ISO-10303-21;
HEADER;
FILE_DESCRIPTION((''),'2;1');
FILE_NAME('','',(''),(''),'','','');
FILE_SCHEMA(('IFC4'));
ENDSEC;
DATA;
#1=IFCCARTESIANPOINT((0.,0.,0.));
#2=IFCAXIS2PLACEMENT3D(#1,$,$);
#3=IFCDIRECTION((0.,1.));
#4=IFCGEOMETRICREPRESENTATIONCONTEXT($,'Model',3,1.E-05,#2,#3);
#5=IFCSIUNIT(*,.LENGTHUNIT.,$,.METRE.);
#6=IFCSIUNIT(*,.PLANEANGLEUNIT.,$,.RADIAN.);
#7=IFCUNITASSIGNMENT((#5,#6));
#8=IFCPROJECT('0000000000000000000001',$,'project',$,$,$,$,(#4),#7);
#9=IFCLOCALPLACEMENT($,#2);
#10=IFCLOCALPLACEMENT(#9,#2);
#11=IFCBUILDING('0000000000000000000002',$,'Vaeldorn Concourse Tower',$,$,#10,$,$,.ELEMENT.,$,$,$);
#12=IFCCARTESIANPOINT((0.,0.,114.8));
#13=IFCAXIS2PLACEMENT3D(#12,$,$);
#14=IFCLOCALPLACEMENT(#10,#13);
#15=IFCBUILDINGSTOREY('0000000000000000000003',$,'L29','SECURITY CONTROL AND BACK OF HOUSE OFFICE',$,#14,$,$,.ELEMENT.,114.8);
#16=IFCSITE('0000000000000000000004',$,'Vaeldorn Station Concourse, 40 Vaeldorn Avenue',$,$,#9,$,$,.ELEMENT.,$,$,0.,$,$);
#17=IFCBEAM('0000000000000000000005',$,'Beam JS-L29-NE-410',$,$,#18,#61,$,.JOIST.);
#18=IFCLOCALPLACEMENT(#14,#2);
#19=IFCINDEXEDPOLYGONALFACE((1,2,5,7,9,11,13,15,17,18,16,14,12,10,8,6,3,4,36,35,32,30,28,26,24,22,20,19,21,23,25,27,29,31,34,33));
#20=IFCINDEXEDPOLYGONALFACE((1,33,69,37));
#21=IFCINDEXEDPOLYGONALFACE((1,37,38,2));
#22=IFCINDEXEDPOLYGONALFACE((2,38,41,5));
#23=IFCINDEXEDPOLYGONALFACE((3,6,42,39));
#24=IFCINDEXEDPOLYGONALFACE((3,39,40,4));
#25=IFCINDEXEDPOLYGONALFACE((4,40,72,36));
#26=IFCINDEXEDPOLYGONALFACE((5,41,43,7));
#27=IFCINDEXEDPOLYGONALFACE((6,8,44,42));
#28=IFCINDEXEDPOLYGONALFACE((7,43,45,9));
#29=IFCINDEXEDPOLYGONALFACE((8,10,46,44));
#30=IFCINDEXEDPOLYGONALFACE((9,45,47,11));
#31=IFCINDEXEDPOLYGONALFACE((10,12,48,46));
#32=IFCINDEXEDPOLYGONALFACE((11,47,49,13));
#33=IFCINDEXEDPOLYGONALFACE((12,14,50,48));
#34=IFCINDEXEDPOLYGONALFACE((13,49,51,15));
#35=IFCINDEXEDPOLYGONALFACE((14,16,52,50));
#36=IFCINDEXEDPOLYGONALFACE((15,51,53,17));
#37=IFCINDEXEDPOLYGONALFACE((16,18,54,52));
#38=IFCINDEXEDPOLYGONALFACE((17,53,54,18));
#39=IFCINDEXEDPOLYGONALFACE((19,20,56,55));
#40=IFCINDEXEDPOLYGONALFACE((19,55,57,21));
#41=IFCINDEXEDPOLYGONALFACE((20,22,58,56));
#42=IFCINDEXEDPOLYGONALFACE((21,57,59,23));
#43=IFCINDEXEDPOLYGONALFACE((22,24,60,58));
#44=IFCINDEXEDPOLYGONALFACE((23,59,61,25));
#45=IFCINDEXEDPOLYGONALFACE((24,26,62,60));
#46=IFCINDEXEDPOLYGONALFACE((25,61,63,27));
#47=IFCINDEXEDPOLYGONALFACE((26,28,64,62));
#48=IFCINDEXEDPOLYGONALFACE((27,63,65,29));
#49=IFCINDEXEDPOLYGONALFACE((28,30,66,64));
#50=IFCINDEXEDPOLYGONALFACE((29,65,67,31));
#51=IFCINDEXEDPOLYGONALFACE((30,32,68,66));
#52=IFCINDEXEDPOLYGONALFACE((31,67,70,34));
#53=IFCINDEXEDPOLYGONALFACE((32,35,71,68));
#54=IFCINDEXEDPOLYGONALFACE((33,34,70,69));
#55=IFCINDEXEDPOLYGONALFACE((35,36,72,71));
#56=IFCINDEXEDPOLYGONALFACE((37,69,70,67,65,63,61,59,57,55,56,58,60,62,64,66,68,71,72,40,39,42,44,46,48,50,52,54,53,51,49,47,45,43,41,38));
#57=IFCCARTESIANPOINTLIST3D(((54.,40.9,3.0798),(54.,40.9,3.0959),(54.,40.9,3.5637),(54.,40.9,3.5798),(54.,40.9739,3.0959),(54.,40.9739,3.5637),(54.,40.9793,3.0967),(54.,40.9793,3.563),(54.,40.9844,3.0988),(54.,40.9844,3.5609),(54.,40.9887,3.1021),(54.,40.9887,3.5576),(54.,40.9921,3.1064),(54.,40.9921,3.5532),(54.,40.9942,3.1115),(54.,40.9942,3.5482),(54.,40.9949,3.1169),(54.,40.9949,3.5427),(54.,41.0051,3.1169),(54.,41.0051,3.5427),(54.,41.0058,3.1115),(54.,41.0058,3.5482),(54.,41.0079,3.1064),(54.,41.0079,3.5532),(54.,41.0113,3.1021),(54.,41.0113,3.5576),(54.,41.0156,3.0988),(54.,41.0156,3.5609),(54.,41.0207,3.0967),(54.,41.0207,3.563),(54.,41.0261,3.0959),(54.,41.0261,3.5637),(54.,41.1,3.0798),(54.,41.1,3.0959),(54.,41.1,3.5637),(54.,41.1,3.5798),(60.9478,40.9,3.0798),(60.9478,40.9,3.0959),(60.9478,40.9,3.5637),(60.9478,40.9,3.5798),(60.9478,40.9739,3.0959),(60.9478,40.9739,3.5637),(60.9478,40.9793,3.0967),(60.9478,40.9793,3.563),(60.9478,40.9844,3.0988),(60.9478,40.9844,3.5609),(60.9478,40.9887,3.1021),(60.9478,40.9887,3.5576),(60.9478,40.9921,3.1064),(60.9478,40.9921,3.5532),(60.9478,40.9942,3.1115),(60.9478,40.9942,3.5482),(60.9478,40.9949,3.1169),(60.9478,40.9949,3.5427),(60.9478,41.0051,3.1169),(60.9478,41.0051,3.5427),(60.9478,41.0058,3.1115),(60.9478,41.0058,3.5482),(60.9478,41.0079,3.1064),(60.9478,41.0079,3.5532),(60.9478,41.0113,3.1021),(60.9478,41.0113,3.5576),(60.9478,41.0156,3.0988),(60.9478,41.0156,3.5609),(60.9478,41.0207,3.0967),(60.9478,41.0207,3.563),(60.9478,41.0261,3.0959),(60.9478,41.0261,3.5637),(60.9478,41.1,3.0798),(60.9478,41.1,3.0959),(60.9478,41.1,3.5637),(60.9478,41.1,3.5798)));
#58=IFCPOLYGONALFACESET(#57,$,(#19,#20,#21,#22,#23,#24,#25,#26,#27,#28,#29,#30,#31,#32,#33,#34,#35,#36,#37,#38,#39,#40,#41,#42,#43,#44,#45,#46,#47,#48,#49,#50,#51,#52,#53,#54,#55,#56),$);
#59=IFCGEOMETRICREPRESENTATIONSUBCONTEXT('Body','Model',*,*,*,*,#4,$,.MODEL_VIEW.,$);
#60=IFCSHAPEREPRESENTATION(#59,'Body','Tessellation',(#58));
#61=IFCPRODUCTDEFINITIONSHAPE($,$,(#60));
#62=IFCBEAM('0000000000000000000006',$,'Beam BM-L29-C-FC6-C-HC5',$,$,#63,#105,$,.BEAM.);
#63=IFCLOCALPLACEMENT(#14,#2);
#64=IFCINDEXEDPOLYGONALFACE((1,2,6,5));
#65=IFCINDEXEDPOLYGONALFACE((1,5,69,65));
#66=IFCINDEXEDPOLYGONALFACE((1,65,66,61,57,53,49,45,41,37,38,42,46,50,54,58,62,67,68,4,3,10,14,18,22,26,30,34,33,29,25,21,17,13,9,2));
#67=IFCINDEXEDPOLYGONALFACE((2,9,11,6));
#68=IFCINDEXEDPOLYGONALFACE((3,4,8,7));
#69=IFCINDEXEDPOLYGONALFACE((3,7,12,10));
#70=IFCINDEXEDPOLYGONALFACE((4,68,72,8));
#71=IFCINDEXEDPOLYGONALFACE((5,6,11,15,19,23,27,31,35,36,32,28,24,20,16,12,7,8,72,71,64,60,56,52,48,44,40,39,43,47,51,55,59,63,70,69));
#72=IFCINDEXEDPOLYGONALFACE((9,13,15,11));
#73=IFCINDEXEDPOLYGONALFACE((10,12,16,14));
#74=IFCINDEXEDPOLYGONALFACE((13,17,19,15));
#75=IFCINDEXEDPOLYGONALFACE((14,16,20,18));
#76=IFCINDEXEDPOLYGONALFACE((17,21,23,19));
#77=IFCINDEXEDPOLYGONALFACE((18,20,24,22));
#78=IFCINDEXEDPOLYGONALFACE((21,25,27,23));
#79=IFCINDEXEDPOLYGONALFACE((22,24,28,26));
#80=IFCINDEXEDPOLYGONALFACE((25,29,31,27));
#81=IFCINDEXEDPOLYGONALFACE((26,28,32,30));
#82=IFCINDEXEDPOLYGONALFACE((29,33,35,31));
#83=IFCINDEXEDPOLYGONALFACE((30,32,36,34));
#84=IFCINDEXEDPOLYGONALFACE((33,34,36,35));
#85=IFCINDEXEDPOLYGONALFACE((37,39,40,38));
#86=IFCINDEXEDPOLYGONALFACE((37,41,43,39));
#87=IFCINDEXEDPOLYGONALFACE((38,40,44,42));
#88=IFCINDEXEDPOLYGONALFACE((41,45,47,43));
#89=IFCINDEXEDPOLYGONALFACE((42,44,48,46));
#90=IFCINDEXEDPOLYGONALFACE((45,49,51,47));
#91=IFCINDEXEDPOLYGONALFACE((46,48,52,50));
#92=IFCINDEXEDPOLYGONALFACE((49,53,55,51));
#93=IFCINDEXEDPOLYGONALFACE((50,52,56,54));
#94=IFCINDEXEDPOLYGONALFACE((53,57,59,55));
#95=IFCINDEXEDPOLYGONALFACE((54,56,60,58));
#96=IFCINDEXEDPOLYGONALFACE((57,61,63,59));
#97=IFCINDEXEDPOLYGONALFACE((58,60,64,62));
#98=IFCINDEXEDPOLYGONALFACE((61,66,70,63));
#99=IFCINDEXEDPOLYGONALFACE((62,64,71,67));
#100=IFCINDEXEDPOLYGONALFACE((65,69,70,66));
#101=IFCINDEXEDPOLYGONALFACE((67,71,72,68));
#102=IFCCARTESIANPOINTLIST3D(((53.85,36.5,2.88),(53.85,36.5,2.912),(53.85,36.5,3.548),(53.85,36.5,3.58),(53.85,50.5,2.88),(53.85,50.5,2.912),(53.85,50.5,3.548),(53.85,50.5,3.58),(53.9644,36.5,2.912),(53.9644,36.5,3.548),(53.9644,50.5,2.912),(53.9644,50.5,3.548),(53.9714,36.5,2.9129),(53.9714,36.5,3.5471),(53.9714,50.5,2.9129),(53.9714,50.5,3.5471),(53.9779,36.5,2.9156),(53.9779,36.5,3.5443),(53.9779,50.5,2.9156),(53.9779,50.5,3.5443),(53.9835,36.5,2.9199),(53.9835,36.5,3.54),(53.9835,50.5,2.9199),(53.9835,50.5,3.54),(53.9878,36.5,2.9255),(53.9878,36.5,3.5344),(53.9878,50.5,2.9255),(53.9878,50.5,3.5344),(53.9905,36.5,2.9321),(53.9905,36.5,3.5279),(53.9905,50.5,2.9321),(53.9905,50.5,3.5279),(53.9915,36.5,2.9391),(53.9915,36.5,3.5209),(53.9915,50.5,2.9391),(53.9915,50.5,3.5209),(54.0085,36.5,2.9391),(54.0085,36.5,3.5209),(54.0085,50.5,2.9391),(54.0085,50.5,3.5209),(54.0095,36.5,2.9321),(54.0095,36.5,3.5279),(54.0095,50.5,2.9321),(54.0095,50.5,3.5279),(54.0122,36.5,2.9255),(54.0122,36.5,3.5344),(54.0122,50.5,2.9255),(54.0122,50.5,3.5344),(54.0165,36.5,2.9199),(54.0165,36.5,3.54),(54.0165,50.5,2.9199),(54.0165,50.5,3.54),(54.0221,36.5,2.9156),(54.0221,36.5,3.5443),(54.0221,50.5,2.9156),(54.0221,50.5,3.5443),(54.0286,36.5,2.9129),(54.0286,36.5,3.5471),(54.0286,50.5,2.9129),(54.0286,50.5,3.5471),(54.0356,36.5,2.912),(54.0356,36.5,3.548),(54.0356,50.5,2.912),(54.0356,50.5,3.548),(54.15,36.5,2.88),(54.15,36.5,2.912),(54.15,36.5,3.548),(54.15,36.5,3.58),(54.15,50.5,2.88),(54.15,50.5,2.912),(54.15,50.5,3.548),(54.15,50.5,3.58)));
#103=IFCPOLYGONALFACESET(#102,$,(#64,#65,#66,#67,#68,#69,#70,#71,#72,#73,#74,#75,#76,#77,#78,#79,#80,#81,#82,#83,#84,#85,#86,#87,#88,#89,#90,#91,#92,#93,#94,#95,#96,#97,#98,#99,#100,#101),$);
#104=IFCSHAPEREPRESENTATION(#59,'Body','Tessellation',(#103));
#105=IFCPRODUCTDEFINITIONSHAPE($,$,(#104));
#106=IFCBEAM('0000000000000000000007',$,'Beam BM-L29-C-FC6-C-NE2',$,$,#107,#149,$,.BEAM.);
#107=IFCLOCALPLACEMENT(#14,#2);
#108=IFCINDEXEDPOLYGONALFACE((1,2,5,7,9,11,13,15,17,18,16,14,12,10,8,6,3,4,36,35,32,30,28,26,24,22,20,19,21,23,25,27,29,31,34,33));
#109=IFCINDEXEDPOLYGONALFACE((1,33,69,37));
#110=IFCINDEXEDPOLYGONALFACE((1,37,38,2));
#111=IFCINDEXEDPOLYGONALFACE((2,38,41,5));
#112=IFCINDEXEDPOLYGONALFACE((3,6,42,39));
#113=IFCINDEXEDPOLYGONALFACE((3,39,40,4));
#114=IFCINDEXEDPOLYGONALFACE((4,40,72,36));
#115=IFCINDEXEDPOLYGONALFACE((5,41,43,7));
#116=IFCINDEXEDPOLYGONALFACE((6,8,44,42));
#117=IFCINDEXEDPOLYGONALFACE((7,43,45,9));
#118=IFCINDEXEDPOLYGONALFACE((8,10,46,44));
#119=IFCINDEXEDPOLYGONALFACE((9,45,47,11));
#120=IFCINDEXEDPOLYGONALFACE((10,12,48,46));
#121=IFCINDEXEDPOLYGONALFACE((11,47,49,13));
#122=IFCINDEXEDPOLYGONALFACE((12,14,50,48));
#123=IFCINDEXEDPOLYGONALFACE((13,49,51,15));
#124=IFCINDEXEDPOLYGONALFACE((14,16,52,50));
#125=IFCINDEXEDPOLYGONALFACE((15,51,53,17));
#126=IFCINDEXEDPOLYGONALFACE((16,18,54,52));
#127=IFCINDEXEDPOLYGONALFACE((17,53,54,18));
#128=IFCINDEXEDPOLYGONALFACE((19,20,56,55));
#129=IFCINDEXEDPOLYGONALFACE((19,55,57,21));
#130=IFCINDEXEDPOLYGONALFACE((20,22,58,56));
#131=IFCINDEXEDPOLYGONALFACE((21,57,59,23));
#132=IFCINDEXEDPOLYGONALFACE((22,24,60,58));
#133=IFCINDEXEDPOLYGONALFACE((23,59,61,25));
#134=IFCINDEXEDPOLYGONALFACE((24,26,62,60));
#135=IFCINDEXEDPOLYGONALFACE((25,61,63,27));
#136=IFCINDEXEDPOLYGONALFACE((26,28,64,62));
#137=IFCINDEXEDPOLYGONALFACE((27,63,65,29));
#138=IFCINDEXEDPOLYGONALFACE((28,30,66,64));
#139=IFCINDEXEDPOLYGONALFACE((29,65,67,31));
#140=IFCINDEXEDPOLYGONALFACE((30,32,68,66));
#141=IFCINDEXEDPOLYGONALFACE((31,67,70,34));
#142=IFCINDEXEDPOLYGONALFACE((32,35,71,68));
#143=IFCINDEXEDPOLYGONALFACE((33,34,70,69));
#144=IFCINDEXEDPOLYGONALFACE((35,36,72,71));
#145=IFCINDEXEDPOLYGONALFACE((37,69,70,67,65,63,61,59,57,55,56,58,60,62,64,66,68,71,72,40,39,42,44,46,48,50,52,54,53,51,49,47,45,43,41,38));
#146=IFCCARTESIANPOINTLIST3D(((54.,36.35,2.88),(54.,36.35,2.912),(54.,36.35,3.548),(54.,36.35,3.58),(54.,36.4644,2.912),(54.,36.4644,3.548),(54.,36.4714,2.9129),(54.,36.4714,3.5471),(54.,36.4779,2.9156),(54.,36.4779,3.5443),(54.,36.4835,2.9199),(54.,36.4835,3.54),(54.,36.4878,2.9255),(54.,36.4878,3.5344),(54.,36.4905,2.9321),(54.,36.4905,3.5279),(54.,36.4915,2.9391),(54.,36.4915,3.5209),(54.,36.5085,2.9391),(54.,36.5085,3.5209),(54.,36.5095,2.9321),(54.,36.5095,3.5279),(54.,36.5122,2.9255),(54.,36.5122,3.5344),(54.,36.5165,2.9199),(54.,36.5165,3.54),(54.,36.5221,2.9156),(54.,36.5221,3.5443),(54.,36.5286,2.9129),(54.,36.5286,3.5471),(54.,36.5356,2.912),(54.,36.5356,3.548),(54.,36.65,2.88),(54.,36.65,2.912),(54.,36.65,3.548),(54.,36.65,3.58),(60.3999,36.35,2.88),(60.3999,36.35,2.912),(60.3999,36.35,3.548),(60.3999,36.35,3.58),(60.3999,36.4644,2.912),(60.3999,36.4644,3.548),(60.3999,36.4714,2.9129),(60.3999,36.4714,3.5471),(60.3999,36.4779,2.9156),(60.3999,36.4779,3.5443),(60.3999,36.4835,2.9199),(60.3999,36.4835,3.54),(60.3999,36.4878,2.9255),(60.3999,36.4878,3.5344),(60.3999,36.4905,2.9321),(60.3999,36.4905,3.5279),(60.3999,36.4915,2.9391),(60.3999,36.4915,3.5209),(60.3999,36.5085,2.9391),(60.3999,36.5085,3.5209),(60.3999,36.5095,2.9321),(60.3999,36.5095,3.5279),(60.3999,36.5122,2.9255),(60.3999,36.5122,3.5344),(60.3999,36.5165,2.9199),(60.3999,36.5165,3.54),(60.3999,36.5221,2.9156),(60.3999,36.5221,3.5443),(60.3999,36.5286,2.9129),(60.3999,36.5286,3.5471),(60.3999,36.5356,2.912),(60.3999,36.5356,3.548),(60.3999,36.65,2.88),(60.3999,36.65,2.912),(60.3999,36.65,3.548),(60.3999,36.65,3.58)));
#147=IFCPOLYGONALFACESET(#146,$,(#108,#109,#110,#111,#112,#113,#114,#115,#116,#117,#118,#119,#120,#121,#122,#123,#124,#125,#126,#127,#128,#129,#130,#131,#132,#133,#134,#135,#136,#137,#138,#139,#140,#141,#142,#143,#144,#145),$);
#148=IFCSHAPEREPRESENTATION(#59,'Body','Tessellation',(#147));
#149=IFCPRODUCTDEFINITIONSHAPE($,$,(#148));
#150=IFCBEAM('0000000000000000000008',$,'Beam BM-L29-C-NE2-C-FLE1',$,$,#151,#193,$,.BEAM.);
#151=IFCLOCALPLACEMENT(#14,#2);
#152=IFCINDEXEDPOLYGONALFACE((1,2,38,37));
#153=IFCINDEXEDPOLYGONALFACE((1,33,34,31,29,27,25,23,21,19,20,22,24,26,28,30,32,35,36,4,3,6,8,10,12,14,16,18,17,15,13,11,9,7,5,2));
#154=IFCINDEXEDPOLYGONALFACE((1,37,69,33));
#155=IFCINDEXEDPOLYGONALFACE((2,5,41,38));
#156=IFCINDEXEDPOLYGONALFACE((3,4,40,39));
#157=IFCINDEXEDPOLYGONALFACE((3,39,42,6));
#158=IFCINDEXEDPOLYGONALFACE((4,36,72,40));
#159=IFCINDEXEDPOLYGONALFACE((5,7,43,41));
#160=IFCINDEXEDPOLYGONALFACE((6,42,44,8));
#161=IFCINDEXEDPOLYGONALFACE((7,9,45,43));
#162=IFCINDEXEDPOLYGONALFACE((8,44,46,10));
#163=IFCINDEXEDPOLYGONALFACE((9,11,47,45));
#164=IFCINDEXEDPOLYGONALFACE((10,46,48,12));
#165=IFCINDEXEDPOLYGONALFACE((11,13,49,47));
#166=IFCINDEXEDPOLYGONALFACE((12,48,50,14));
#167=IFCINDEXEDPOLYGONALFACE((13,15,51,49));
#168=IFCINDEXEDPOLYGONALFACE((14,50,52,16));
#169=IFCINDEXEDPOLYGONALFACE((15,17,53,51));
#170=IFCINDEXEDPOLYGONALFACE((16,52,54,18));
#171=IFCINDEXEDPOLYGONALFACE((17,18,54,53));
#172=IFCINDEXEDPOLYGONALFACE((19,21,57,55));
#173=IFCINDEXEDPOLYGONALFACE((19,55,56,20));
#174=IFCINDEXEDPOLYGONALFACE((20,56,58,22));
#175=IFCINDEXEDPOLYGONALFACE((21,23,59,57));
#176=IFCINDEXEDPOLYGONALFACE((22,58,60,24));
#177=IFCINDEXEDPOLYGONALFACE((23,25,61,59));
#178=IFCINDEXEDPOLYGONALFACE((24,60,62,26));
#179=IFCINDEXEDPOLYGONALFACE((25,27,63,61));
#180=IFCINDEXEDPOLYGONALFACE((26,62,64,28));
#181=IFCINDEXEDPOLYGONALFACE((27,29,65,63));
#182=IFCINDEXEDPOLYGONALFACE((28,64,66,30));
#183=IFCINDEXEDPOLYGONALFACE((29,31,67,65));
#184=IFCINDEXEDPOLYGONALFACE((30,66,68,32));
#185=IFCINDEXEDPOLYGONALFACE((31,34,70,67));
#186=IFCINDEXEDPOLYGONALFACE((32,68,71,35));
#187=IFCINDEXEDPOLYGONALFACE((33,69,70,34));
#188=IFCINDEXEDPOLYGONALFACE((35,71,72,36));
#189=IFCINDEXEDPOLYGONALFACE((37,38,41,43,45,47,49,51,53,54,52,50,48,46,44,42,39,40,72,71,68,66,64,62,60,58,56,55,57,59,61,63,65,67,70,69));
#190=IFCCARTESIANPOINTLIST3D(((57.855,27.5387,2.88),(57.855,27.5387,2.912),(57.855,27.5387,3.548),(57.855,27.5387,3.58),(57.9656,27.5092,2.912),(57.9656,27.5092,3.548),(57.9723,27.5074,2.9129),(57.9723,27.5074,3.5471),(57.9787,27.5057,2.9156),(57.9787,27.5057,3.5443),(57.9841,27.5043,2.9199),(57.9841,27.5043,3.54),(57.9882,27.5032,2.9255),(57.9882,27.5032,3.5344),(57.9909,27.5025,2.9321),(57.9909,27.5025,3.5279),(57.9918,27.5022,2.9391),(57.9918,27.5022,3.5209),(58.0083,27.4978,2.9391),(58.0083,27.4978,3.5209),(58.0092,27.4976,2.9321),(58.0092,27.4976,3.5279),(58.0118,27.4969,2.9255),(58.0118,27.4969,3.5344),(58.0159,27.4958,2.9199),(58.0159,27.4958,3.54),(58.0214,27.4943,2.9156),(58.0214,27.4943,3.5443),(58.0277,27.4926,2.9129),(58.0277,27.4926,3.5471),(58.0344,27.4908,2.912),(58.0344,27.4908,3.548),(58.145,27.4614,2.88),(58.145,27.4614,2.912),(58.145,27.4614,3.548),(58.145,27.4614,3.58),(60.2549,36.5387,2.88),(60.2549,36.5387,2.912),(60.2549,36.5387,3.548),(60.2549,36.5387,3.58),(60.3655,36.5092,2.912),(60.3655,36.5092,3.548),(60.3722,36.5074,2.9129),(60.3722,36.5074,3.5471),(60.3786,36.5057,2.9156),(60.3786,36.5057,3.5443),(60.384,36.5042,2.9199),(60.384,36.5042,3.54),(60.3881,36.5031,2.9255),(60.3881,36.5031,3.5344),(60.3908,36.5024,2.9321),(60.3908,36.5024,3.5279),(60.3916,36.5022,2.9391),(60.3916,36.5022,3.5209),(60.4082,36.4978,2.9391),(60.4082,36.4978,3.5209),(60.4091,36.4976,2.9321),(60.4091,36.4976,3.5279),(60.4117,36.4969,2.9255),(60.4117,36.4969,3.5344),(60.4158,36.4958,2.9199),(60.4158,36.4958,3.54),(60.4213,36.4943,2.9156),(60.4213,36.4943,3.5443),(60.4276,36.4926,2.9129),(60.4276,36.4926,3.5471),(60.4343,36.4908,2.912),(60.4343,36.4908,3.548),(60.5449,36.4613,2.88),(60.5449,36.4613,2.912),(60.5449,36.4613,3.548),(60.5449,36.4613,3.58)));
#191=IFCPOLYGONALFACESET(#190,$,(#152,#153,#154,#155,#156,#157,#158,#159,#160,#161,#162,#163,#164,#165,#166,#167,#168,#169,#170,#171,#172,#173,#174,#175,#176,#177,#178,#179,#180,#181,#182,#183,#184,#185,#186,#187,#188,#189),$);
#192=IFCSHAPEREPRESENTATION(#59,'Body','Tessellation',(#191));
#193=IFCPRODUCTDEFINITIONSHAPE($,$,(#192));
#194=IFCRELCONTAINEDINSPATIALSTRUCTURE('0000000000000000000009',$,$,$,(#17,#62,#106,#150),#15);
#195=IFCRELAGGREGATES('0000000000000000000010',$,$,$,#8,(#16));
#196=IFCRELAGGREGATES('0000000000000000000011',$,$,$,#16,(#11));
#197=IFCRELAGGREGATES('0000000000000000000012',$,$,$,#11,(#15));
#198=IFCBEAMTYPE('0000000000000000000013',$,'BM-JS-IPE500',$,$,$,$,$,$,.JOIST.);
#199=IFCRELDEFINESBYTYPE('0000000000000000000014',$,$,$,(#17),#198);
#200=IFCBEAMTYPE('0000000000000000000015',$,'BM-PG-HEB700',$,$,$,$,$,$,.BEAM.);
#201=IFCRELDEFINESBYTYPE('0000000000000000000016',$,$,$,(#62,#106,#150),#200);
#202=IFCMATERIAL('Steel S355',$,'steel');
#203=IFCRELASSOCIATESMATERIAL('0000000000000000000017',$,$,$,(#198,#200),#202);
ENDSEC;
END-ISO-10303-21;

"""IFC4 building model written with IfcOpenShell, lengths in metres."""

from ifc_helpers import new_model, si_unit, direction, frame, origin, origin_2d, place, context, subcontext, project, spatial, i_section, extrude, source, transform, mapped, material, material_profile, profile_set, type_object, element, save


model = new_model("IFC4")

# Units and contexts
model_context = context("Model", 3, precision=1e-05, world=origin(), true_north=direction((0.0, 1.0)))
body_context = subcontext(model_context, "Body", "Model", "MODEL_VIEW")
ifc_project = project(units=[si_unit("LENGTHUNIT", "METRE"), si_unit("PLANEANGLEUNIT", "RADIAN")], contexts=[model_context])

# Site, building, storey
site_placement = place(None, origin())
site = spatial("IfcSite", under=ifc_project, at=site_placement, Name="Vaeldorn Station Concourse, 40 Vaeldorn Avenue", CompositionType="ELEMENT", RefElevation=0.0)
building_placement = place(site_placement, origin())
building = spatial("IfcBuilding", under=site, at=building_placement, Name="Vaeldorn Concourse Tower", CompositionType="ELEMENT")
storey_placement = place(building_placement, frame((0.0, 0.0, 114.8)))
storey = spatial("IfcBuildingStorey", under=building, at=storey_placement, Name="L29", Description="SECURITY CONTROL AND BACK OF HOUSE OFFICE", CompositionType="ELEMENT", Elevation=114.8)

# Beams
ifc_material_1 = material(Name="Steel S355", Category="steel")
ifc_material_profile_1 = material_profile(ifc_material_1, i_section(OverallWidth=0.2, OverallDepth=0.5, WebThickness=0.0103, FlangeThickness=0.0161, FilletRadius=0.021, at=origin_2d()), Name="IPE 500")
ifc_profile_set_1 = profile_set([ifc_material_profile_1], Name="Steel S355")
beam_type_1 = type_object("IfcBeamType", Name="BM-JS-IPE500", PredefinedType="JOIST", material=ifc_profile_set_1)
shared_shape_1 = source(origin(), body_context, "Body", "SweptSolid", [
    extrude(i_section(OverallWidth=0.2, OverallDepth=0.5, WebThickness=0.0103, FlangeThickness=0.0161, FilletRadius=0.021, at=origin_2d()), origin(), (0.0, 0.0, 1.0), 6.9478),
])
beam_1_placement = place(storey_placement, frame((54.0, 41.0, 3.3298), z_axis=(1.0, 0.0, 0.0), x_axis=(0.0, 1.0, 0.0)))
element("IfcBeam", 1, at=beam_1_placement, inside=storey, type_object=beam_type_1, Name="Beam JS-L29-NE-410", PredefinedType="JOIST", context=body_context, shape_type="MappedRepresentation", body=[
    mapped(shared_shape_1, transform((0.0, 0.0, 0.0), scale=1.0)),
])
ifc_material_profile_2 = material_profile(ifc_material_1, i_section(OverallWidth=0.3, OverallDepth=0.7, WebThickness=0.0171, FlangeThickness=0.032, FilletRadius=0.0271, at=origin_2d()), Name="HEB 700")
ifc_profile_set_2 = profile_set([ifc_material_profile_2], Name="Steel S355")
beam_type_2 = type_object("IfcBeamType", Name="BM-PG-HEB700", PredefinedType="BEAM", material=ifc_profile_set_2)
shared_shape_2 = source(origin(), body_context, "Body", "SweptSolid", [
    extrude(i_section(OverallWidth=0.3, OverallDepth=0.7, WebThickness=0.0171, FlangeThickness=0.032, FilletRadius=0.0271, at=origin_2d()), origin(), (0.0, 0.0, 1.0), 14.0),
])
beam_2_placement = place(storey_placement, frame((54.0, 36.5, 3.23), z_axis=(0.0, 1.0, 0.0), x_axis=(-1.0, 0.0, 0.0)))
element("IfcBeam", 2, at=beam_2_placement, inside=storey, type_object=beam_type_2, Name="Beam BM-L29-C-FC6-C-HC5", PredefinedType="BEAM", context=body_context, shape_type="MappedRepresentation", body=[
    mapped(shared_shape_2, transform((0.0, 0.0, 0.0), scale=1.0)),
])
shared_shape_3 = source(origin(), body_context, "Body", "SweptSolid", [
    extrude(i_section(OverallWidth=0.3, OverallDepth=0.7, WebThickness=0.0171, FlangeThickness=0.032, FilletRadius=0.0271, at=origin_2d()), origin(), (0.0, 0.0, 1.0), 6.3999),
])
beam_3_placement = place(storey_placement, frame((54.0, 36.5, 3.23), z_axis=(1.0, 0.0, 0.0), x_axis=(0.0, 1.0, 0.0)))
element("IfcBeam", 3, at=beam_3_placement, inside=storey, type_object=beam_type_2, Name="Beam BM-L29-C-FC6-C-NE2", PredefinedType="BEAM", context=body_context, shape_type="MappedRepresentation", body=[
    mapped(shared_shape_3, transform((0.0, 0.0, 0.0), scale=1.0)),
])
shared_shape_4 = source(origin(), body_context, "Body", "SweptSolid", [
    extrude(i_section(OverallWidth=0.3, OverallDepth=0.7, WebThickness=0.0171, FlangeThickness=0.032, FilletRadius=0.0271, at=origin_2d()), origin(), (0.0, 0.0, 1.0), 9.3145),
])
beam_4_placement = place(storey_placement, frame((60.3999, 36.5, 3.23), z_axis=(-0.257653, -0.966238, 0.0), x_axis=(0.966238, -0.257653, 0.0)))
element("IfcBeam", 4, at=beam_4_placement, inside=storey, type_object=beam_type_2, Name="Beam BM-L29-C-NE2-C-FLE1", PredefinedType="BEAM", context=body_context, shape_type="MappedRepresentation", body=[
    mapped(shared_shape_4, transform((0.0, 0.0, 0.0), scale=1.0)),
])

save(model, "model.ifc")
